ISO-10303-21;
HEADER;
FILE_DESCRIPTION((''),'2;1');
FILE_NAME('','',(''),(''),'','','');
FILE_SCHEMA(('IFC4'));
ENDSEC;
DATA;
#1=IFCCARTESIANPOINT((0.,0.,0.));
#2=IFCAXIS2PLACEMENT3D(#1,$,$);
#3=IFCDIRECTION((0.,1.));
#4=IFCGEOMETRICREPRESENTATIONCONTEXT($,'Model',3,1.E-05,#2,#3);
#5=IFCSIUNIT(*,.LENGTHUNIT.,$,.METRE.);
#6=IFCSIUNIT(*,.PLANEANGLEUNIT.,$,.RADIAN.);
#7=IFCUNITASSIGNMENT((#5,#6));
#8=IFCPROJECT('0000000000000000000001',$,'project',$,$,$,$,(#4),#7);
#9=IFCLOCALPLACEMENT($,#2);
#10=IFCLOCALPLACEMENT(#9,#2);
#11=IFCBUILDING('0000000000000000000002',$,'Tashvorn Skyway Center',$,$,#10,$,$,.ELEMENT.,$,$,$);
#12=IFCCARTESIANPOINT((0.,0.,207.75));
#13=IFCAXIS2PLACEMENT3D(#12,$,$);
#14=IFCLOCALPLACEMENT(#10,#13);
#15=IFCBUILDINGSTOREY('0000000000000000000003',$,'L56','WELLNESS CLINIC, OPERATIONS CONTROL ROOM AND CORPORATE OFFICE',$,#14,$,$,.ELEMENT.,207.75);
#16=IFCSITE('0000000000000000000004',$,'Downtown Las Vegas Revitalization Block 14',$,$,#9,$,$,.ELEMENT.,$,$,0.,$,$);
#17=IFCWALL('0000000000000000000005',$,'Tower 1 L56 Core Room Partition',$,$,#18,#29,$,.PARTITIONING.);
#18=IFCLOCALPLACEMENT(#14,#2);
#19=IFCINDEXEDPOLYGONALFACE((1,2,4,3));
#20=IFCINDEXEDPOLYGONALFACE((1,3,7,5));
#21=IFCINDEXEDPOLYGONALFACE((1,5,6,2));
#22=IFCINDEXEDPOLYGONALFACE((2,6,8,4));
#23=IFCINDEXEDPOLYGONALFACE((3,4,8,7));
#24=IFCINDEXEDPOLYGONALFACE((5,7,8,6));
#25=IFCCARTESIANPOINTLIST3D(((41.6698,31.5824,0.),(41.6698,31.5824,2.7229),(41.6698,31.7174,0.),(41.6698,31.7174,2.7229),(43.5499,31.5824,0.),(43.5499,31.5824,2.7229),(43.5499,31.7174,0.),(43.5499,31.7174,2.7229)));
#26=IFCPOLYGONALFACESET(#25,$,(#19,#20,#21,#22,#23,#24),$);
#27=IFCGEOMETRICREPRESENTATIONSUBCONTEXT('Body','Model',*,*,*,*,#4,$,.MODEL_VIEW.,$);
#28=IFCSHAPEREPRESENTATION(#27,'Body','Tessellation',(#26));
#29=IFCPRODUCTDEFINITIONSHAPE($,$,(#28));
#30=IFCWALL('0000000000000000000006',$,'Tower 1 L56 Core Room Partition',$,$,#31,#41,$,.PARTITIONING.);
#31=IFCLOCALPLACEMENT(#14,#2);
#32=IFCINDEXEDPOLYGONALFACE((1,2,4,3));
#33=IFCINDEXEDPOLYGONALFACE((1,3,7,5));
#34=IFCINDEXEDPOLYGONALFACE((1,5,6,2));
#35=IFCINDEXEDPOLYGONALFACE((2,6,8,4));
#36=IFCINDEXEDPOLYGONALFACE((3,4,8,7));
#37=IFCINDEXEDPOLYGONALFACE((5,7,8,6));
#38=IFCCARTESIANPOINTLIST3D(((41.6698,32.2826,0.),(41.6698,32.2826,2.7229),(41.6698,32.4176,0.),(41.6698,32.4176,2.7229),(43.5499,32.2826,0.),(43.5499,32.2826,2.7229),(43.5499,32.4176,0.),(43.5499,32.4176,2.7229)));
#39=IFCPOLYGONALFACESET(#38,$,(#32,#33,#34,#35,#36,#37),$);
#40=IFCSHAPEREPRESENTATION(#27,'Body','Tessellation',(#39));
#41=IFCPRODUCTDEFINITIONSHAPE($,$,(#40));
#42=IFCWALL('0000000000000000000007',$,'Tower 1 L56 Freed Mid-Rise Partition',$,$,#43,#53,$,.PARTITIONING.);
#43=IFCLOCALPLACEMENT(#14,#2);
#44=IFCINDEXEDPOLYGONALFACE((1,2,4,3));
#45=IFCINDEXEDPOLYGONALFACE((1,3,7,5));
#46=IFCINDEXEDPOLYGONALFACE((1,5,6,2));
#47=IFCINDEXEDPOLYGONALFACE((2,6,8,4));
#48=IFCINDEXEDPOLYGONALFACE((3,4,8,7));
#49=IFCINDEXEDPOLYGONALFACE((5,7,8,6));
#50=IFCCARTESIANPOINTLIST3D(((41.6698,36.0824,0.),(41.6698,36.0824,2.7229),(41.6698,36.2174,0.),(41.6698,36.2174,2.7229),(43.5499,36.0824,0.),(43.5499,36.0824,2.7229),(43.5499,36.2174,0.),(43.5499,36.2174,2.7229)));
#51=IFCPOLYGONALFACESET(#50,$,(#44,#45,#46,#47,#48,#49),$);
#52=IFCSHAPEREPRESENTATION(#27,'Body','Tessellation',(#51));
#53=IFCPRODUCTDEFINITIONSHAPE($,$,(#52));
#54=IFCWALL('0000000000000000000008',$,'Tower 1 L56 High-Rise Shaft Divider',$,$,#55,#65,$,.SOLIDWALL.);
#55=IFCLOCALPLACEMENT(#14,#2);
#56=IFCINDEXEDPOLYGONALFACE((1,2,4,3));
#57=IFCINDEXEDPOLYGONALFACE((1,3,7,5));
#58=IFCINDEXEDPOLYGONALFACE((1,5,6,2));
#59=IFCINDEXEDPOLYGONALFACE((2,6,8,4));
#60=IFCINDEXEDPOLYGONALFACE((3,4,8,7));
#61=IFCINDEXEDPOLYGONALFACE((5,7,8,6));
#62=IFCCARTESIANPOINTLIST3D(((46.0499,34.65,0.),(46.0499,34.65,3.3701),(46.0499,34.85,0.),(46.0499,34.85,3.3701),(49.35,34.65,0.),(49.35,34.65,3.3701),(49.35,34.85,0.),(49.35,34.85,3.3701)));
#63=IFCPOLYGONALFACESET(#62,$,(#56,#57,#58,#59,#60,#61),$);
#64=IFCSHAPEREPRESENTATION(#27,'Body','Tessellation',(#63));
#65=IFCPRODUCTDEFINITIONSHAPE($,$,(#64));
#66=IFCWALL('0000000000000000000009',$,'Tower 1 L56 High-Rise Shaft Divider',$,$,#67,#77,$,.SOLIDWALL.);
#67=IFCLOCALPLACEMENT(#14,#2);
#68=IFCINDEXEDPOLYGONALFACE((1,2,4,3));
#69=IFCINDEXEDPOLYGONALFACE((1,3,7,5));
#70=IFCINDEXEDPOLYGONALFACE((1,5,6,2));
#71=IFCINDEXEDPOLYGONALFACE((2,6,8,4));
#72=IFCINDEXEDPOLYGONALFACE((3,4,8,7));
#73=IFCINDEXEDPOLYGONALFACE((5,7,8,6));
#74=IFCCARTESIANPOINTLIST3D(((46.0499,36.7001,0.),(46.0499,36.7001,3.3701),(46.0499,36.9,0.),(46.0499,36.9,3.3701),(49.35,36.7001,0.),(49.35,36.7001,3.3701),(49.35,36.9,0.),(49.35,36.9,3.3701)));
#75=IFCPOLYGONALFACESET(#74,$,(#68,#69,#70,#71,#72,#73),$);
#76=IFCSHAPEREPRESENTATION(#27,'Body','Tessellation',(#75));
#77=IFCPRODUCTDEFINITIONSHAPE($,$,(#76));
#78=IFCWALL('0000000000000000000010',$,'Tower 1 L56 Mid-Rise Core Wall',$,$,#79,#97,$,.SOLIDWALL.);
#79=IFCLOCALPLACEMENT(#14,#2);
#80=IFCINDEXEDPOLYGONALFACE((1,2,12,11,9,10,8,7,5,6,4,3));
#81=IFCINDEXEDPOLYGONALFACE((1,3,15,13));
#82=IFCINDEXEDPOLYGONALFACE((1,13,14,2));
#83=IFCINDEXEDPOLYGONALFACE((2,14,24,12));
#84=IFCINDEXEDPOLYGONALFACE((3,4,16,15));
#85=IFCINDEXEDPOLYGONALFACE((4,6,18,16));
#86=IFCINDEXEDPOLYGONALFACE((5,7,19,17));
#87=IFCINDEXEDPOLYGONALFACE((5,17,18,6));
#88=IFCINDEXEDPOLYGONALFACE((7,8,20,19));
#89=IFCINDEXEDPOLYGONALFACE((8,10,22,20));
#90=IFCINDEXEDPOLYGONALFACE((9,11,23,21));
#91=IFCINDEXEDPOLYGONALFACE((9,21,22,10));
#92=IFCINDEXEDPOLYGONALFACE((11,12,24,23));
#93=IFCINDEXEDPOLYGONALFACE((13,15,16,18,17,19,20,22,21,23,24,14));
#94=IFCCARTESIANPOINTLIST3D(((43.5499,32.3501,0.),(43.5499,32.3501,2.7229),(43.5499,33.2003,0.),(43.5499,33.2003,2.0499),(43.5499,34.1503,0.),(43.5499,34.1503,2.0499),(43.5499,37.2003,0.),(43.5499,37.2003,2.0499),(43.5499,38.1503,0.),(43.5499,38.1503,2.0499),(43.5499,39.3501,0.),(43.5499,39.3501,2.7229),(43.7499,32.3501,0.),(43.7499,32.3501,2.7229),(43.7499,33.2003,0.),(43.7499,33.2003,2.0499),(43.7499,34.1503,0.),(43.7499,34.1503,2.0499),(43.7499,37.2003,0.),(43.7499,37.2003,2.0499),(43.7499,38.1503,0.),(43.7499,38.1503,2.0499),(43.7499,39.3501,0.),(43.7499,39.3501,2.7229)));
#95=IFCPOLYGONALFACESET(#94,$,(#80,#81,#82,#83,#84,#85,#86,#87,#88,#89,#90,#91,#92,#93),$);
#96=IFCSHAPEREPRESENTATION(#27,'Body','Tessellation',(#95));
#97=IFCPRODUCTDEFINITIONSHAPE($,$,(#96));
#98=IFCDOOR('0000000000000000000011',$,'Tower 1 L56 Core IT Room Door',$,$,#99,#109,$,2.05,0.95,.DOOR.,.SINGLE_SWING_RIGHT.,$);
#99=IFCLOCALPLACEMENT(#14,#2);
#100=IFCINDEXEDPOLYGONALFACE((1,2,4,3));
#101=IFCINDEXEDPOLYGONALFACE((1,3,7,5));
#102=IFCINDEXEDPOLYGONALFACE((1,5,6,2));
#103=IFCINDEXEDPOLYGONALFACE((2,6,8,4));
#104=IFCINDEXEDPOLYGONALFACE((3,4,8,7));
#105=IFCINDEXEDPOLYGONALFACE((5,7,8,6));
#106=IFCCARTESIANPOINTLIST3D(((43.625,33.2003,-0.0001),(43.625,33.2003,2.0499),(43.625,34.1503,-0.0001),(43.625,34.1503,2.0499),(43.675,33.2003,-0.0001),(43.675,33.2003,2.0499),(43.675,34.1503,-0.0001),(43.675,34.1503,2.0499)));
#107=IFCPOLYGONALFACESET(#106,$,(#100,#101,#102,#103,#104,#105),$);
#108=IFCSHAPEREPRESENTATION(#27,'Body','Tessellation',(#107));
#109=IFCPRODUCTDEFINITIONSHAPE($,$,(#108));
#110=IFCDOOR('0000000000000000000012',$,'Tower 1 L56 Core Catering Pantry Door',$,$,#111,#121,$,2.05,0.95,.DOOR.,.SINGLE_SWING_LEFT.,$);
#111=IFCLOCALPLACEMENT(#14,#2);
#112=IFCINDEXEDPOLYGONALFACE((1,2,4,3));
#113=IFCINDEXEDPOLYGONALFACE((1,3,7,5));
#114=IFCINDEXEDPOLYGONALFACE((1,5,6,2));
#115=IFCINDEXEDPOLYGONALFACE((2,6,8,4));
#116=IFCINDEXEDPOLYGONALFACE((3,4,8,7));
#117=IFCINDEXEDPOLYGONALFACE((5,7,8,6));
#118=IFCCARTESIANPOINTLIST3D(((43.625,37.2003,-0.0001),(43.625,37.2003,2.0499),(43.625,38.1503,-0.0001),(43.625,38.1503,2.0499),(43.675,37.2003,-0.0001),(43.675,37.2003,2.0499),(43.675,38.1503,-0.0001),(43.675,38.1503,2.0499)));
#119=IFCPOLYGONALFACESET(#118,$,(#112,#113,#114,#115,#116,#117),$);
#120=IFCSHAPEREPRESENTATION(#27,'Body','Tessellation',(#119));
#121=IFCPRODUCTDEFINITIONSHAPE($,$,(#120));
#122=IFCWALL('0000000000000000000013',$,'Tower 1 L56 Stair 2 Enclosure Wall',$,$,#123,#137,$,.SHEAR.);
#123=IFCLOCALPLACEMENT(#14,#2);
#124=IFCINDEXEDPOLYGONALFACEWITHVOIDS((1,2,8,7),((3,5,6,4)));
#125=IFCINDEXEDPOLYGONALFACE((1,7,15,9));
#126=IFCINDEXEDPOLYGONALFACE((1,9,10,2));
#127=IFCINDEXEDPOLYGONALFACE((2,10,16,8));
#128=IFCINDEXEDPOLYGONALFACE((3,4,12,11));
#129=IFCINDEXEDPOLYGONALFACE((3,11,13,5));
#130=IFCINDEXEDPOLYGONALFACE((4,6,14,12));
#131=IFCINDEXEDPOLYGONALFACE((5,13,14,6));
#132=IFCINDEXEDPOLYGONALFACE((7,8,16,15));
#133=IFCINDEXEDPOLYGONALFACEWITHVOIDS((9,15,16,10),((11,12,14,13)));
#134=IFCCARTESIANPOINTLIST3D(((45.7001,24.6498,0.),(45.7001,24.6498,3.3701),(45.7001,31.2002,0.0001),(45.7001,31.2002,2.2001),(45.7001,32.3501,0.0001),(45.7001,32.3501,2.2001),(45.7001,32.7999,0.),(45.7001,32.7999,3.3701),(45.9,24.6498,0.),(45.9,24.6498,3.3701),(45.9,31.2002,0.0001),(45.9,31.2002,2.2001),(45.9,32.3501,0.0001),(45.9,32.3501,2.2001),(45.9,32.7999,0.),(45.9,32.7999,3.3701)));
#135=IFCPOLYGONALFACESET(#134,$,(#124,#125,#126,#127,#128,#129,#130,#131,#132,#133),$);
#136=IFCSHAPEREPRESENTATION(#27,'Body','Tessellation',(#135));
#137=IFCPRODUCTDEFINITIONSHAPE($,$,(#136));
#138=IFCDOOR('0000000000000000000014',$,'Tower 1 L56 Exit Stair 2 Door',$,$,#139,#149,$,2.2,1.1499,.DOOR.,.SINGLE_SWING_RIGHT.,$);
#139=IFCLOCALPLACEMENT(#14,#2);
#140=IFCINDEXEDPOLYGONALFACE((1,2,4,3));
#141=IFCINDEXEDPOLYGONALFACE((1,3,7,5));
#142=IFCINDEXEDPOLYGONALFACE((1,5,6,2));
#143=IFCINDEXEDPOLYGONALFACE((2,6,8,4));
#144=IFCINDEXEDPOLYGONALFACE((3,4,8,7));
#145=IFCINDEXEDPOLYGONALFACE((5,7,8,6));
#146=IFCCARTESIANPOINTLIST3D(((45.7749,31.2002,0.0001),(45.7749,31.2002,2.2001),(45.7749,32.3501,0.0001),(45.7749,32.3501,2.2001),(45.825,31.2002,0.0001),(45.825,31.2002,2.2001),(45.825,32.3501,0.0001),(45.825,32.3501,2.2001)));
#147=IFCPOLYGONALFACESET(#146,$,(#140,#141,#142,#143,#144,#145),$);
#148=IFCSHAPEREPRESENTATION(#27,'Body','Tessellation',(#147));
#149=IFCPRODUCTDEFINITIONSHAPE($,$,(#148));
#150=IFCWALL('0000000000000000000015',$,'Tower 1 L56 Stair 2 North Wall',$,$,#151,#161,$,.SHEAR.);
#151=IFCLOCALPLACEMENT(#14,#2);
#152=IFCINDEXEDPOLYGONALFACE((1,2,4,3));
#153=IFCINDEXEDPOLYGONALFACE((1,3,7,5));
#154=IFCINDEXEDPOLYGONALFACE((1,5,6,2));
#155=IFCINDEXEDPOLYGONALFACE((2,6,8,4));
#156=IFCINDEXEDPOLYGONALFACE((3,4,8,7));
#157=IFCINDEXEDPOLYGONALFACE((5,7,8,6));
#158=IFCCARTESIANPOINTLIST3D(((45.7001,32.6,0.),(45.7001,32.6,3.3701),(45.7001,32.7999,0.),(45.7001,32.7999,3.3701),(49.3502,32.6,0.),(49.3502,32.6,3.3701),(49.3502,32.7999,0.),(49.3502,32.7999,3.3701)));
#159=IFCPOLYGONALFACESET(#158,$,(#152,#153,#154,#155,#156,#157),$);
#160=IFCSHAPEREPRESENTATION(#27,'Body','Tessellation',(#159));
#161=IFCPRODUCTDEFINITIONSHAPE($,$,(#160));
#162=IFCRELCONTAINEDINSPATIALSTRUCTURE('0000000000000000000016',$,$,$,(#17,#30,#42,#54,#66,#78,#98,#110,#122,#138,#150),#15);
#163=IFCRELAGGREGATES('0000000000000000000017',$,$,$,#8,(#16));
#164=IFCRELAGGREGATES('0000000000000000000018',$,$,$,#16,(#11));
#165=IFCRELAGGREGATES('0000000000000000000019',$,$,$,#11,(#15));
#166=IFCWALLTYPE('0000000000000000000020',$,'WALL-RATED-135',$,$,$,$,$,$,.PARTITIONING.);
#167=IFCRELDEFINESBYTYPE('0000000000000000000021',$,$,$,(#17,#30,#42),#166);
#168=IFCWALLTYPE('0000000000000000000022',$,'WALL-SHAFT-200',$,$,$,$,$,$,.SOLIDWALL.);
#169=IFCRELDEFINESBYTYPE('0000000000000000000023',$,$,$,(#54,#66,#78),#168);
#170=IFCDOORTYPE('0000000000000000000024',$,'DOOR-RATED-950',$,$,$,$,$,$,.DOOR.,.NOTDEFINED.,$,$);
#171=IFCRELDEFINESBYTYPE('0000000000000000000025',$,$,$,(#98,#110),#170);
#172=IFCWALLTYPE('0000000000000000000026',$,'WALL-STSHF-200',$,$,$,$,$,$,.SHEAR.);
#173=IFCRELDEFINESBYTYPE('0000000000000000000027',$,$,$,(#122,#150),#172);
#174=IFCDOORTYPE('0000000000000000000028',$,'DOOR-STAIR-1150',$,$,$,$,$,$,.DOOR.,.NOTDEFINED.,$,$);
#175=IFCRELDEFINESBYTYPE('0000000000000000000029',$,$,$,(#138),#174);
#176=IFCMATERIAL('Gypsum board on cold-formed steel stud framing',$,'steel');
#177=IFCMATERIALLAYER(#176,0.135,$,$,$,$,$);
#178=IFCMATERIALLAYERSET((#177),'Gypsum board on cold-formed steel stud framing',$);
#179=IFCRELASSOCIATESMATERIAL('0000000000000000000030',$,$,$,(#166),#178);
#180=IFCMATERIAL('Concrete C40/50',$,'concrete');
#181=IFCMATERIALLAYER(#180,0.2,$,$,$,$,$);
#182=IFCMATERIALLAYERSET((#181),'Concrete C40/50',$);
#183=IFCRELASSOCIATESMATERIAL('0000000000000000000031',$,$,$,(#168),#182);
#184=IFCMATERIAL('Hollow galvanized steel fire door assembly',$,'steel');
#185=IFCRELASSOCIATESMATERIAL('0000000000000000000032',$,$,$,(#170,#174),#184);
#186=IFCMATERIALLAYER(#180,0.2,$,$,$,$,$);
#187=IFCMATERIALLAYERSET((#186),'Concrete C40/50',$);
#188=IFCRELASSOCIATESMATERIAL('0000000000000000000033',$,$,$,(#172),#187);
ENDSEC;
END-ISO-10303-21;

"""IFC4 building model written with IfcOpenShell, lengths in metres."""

from ifc_helpers import new_model, si_unit, direction, frame, frame_2d, origin, place, context, subcontext, project, spatial, rectangle, extrude, material, layer, layer_set, type_object, element, fill, save


model = new_model("IFC4")

# Units and contexts
model_context = context("Model", 3, precision=1e-05, world=origin(), true_north=direction((0.0, 1.0)))
body_context = subcontext(model_context, "Body", "Model", "MODEL_VIEW")
ifc_project = project(units=[si_unit("LENGTHUNIT", "METRE"), si_unit("PLANEANGLEUNIT", "RADIAN")], contexts=[model_context])

# Site, building, storey
site_placement = place(None, origin())
site = spatial("IfcSite", under=ifc_project, at=site_placement, Name="Downtown Las Vegas Revitalization Block 14", CompositionType="ELEMENT", RefElevation=0.0)
building_placement = place(site_placement, origin())
building = spatial("IfcBuilding", under=site, at=building_placement, Name="Tashvorn Skyway Center", CompositionType="ELEMENT")
storey_placement = place(building_placement, frame((0.0, 0.0, 207.75)))
storey = spatial("IfcBuildingStorey", under=building, at=storey_placement, Name="L56", Description="WELLNESS CLINIC, OPERATIONS CONTROL ROOM AND CORPORATE OFFICE", CompositionType="ELEMENT", Elevation=207.75)

# Shared definitions
ifc_material_1 = material(Name="Concrete C40/50", Category="concrete")
ifc_material_2 = material(Name="Gypsum board on cold-formed steel stud framing", Category="steel")

# Shared definitions
ifc_layer_1 = layer(ifc_material_2, 0.135)
ifc_layer_set_1 = layer_set([ifc_layer_1], Name="Gypsum board on cold-formed steel stud framing")
wall_type_1 = type_object("IfcWallType", Name="WALL-RATED-135", PredefinedType="PARTITIONING", material=ifc_layer_set_1)
ifc_material_3 = material(Name="Hollow galvanized steel fire door assembly", Category="steel")

# Walls
for number, where, z_axis, x_axis, name in (
    (1, (41.6699, 31.6499, 0.0), (0.0, 0.0, 1.0), (1.0, 0.0, 0.0), "Tower 1 L56 Core Room Partition"),
    (2, (41.6699, 32.3501, 0.0), (0.0, 0.0, 1.0), (1.0, 0.0, 0.0), "Tower 1 L56 Core Room Partition"),
    (3, (41.6699, 36.1499, 0.0), (0.0, 0.0, 1.0), (1.0, 0.0, 0.0), "Tower 1 L56 Freed Mid-Rise Partition"),
):
    element("IfcWall", number, at=place(storey_placement, frame(where, z_axis=z_axis, x_axis=x_axis)), inside=storey, type_object=wall_type_1, Name=name, PredefinedType="PARTITIONING", context=body_context, shape_type="SweptSolid", body=[
        extrude(rectangle(XDim=1.8801, YDim=0.135, at=frame_2d((0.9399, 0.0))), origin(), (0.0, 0.0, 1.0), 2.7229),
    ])
ifc_layer_2 = layer(ifc_material_1, 0.2)
ifc_layer_set_2 = layer_set([ifc_layer_2], Name="Concrete C40/50")
wall_type_2 = type_object("IfcWallType", Name="WALL-SHAFT-200", PredefinedType="SOLIDWALL", material=ifc_layer_set_2)
for number, where, z_axis, x_axis, name in (
    (4, (46.05, 34.75, 0.0), (0.0, 0.0, 1.0), (1.0, 0.0, 0.0), "Tower 1 L56 High-Rise Shaft Divider"),
    (5, (46.05, 36.8, 0.0), (0.0, 0.0, 1.0), (1.0, 0.0, 0.0), "Tower 1 L56 High-Rise Shaft Divider"),
):
    element("IfcWall", number, at=place(storey_placement, frame(where, z_axis=z_axis, x_axis=x_axis)), inside=storey, type_object=wall_type_2, Name=name, PredefinedType="SOLIDWALL", context=body_context, shape_type="SweptSolid", body=[
        extrude(rectangle(XDim=3.3, YDim=0.2, at=frame_2d((1.6499, 0.0))), origin(), (0.0, 0.0, 1.0), 3.3701),
    ])

# Wall, openings, doors
wall_1_placement = place(storey_placement, frame((43.6499, 32.3501, 0.0), z_axis=(0.0, 0.0, 1.0), x_axis=(0.0, 1.0, 0.0)))
wall_1 = element("IfcWall", 6, at=wall_1_placement, inside=storey, type_object=wall_type_2, Name="Tower 1 L56 Mid-Rise Core Wall", PredefinedType="SOLIDWALL", context=body_context, shape_type="SweptSolid", body=[
    extrude(rectangle(XDim=7.0, YDim=0.2, at=frame_2d((3.5, 0.0))), origin(), (0.0, 0.0, 1.0), 2.7229),
])
opening_1_placement = place(wall_1_placement, frame((0.8501, 0.0, 0.0)))
opening_1 = element("IfcOpeningElement", 7, at=opening_1_placement, cuts=wall_1, PredefinedType="OPENING", context=body_context, shape_type="SweptSolid", body=[
    extrude(rectangle(XDim=0.95, YDim=2.05, at=frame_2d((0.4751, 1.0249))), frame((0.0, 0.1099, 0.0), z_axis=(0.0, -1.0, 0.0), x_axis=(1.0, 0.0, 0.0)), (0.0, 0.0, 1.0), 0.22),
])
opening_2_placement = place(wall_1_placement, frame((4.8501, 0.0, 0.0)))
opening_2 = element("IfcOpeningElement", 8, at=opening_2_placement, cuts=wall_1, PredefinedType="OPENING", context=body_context, shape_type="SweptSolid", body=[
    extrude(rectangle(XDim=0.95, YDim=2.05, at=frame_2d((0.4751, 1.0249))), frame((0.0, 0.1099, 0.0), z_axis=(0.0, -1.0, 0.0), x_axis=(1.0, 0.0, 0.0)), (0.0, 0.0, 1.0), 0.22),
])
door_type_1 = type_object("IfcDoorType", Name="DOOR-RATED-950", OperationType="NOTDEFINED", PredefinedType="DOOR", material=ifc_material_3)
door_1_placement = place(opening_1_placement, origin())
door_1 = element("IfcDoor", 9, at=door_1_placement, inside=storey, type_object=door_type_1, Name="Tower 1 L56 Core IT Room Door", OperationType="SINGLE_SWING_RIGHT", OverallHeight=2.05, OverallWidth=0.95, PredefinedType="DOOR", context=body_context, shape_type="SweptSolid", body=[
    extrude(rectangle(XDim=0.95, YDim=2.05, at=frame_2d((0.4751, 1.0249))), frame((0.0, 0.0249, 0.0), z_axis=(0.0, -1.0, 0.0), x_axis=(1.0, 0.0, 0.0)), (0.0, 0.0, 1.0), 0.05),
])
fill(opening_1, door_1)
door_2_placement = place(opening_2_placement, origin())
door_2 = element("IfcDoor", 10, at=door_2_placement, inside=storey, type_object=door_type_1, Name="Tower 1 L56 Core Catering Pantry Door", OperationType="SINGLE_SWING_LEFT", OverallHeight=2.05, OverallWidth=0.95, PredefinedType="DOOR", context=body_context, shape_type="SweptSolid", body=[
    extrude(rectangle(XDim=0.95, YDim=2.05, at=frame_2d((0.4751, 1.0249))), frame((0.0, 0.0249, 0.0), z_axis=(0.0, -1.0, 0.0), x_axis=(1.0, 0.0, 0.0)), (0.0, 0.0, 1.0), 0.05),
])
fill(opening_2, door_2)

# Wall, opening, door
ifc_layer_3 = layer(ifc_material_1, 0.2)
ifc_layer_set_3 = layer_set([ifc_layer_3], Name="Concrete C40/50")
wall_type_3 = type_object("IfcWallType", Name="WALL-STSHF-200", PredefinedType="SHEAR", material=ifc_layer_set_3)
wall_2_placement = place(storey_placement, frame((45.8, 32.8, 0.0), z_axis=(0.0, 0.0, 1.0), x_axis=(0.0, -1.0, 0.0)))
wall_2 = element("IfcWall", 11, at=wall_2_placement, inside=storey, type_object=wall_type_3, Name="Tower 1 L56 Stair 2 Enclosure Wall", PredefinedType="SHEAR", context=body_context, shape_type="SweptSolid", body=[
    extrude(rectangle(XDim=8.1501, YDim=0.2, at=frame_2d((4.0752, 0.0))), origin(), (0.0, 0.0, 1.0), 3.3701),
])
opening_3_placement = place(wall_2_placement, frame((0.45, 0.0, 0.0)))
opening_3 = element("IfcOpeningElement", 12, at=opening_3_placement, cuts=wall_2, PredefinedType="OPENING", context=body_context, shape_type="SweptSolid", body=[
    extrude(rectangle(XDim=1.1499, YDim=2.2, at=frame_2d((0.575, 1.1001))), frame((0.0, 0.1099, 0.0), z_axis=(0.0, -1.0, 0.0), x_axis=(1.0, 0.0, 0.0)), (0.0, 0.0, 1.0), 0.22),
])
door_type_2 = type_object("IfcDoorType", Name="DOOR-STAIR-1150", OperationType="NOTDEFINED", PredefinedType="DOOR", material=ifc_material_3)
door_3_placement = place(opening_3_placement, origin())
door_3 = element("IfcDoor", 13, at=door_3_placement, inside=storey, type_object=door_type_2, Name="Tower 1 L56 Exit Stair 2 Door", OperationType="SINGLE_SWING_RIGHT", OverallHeight=2.2, OverallWidth=1.1499, PredefinedType="DOOR", context=body_context, shape_type="SweptSolid", body=[
    extrude(rectangle(XDim=1.1499, YDim=2.2, at=frame_2d((0.575, 1.1001))), frame((0.0, 0.0249, 0.0), z_axis=(0.0, -1.0, 0.0), x_axis=(1.0, 0.0, 0.0)), (0.0, 0.0, 1.0), 0.05),
])
fill(opening_3, door_3)

# Wall
wall_3_placement = place(storey_placement, frame((45.7, 32.7, 0.0), z_axis=(0.0, 0.0, 1.0), x_axis=(1.0, 0.0, 0.0)))
element("IfcWall", 14, at=wall_3_placement, inside=storey, type_object=wall_type_3, Name="Tower 1 L56 Stair 2 North Wall", PredefinedType="SHEAR", context=body_context, shape_type="SweptSolid", body=[
    extrude(rectangle(XDim=3.6501, YDim=0.2, at=frame_2d((1.8252, 0.0))), origin(), (0.0, 0.0, 1.0), 3.3701),
])

save(model, "model.ifc")
